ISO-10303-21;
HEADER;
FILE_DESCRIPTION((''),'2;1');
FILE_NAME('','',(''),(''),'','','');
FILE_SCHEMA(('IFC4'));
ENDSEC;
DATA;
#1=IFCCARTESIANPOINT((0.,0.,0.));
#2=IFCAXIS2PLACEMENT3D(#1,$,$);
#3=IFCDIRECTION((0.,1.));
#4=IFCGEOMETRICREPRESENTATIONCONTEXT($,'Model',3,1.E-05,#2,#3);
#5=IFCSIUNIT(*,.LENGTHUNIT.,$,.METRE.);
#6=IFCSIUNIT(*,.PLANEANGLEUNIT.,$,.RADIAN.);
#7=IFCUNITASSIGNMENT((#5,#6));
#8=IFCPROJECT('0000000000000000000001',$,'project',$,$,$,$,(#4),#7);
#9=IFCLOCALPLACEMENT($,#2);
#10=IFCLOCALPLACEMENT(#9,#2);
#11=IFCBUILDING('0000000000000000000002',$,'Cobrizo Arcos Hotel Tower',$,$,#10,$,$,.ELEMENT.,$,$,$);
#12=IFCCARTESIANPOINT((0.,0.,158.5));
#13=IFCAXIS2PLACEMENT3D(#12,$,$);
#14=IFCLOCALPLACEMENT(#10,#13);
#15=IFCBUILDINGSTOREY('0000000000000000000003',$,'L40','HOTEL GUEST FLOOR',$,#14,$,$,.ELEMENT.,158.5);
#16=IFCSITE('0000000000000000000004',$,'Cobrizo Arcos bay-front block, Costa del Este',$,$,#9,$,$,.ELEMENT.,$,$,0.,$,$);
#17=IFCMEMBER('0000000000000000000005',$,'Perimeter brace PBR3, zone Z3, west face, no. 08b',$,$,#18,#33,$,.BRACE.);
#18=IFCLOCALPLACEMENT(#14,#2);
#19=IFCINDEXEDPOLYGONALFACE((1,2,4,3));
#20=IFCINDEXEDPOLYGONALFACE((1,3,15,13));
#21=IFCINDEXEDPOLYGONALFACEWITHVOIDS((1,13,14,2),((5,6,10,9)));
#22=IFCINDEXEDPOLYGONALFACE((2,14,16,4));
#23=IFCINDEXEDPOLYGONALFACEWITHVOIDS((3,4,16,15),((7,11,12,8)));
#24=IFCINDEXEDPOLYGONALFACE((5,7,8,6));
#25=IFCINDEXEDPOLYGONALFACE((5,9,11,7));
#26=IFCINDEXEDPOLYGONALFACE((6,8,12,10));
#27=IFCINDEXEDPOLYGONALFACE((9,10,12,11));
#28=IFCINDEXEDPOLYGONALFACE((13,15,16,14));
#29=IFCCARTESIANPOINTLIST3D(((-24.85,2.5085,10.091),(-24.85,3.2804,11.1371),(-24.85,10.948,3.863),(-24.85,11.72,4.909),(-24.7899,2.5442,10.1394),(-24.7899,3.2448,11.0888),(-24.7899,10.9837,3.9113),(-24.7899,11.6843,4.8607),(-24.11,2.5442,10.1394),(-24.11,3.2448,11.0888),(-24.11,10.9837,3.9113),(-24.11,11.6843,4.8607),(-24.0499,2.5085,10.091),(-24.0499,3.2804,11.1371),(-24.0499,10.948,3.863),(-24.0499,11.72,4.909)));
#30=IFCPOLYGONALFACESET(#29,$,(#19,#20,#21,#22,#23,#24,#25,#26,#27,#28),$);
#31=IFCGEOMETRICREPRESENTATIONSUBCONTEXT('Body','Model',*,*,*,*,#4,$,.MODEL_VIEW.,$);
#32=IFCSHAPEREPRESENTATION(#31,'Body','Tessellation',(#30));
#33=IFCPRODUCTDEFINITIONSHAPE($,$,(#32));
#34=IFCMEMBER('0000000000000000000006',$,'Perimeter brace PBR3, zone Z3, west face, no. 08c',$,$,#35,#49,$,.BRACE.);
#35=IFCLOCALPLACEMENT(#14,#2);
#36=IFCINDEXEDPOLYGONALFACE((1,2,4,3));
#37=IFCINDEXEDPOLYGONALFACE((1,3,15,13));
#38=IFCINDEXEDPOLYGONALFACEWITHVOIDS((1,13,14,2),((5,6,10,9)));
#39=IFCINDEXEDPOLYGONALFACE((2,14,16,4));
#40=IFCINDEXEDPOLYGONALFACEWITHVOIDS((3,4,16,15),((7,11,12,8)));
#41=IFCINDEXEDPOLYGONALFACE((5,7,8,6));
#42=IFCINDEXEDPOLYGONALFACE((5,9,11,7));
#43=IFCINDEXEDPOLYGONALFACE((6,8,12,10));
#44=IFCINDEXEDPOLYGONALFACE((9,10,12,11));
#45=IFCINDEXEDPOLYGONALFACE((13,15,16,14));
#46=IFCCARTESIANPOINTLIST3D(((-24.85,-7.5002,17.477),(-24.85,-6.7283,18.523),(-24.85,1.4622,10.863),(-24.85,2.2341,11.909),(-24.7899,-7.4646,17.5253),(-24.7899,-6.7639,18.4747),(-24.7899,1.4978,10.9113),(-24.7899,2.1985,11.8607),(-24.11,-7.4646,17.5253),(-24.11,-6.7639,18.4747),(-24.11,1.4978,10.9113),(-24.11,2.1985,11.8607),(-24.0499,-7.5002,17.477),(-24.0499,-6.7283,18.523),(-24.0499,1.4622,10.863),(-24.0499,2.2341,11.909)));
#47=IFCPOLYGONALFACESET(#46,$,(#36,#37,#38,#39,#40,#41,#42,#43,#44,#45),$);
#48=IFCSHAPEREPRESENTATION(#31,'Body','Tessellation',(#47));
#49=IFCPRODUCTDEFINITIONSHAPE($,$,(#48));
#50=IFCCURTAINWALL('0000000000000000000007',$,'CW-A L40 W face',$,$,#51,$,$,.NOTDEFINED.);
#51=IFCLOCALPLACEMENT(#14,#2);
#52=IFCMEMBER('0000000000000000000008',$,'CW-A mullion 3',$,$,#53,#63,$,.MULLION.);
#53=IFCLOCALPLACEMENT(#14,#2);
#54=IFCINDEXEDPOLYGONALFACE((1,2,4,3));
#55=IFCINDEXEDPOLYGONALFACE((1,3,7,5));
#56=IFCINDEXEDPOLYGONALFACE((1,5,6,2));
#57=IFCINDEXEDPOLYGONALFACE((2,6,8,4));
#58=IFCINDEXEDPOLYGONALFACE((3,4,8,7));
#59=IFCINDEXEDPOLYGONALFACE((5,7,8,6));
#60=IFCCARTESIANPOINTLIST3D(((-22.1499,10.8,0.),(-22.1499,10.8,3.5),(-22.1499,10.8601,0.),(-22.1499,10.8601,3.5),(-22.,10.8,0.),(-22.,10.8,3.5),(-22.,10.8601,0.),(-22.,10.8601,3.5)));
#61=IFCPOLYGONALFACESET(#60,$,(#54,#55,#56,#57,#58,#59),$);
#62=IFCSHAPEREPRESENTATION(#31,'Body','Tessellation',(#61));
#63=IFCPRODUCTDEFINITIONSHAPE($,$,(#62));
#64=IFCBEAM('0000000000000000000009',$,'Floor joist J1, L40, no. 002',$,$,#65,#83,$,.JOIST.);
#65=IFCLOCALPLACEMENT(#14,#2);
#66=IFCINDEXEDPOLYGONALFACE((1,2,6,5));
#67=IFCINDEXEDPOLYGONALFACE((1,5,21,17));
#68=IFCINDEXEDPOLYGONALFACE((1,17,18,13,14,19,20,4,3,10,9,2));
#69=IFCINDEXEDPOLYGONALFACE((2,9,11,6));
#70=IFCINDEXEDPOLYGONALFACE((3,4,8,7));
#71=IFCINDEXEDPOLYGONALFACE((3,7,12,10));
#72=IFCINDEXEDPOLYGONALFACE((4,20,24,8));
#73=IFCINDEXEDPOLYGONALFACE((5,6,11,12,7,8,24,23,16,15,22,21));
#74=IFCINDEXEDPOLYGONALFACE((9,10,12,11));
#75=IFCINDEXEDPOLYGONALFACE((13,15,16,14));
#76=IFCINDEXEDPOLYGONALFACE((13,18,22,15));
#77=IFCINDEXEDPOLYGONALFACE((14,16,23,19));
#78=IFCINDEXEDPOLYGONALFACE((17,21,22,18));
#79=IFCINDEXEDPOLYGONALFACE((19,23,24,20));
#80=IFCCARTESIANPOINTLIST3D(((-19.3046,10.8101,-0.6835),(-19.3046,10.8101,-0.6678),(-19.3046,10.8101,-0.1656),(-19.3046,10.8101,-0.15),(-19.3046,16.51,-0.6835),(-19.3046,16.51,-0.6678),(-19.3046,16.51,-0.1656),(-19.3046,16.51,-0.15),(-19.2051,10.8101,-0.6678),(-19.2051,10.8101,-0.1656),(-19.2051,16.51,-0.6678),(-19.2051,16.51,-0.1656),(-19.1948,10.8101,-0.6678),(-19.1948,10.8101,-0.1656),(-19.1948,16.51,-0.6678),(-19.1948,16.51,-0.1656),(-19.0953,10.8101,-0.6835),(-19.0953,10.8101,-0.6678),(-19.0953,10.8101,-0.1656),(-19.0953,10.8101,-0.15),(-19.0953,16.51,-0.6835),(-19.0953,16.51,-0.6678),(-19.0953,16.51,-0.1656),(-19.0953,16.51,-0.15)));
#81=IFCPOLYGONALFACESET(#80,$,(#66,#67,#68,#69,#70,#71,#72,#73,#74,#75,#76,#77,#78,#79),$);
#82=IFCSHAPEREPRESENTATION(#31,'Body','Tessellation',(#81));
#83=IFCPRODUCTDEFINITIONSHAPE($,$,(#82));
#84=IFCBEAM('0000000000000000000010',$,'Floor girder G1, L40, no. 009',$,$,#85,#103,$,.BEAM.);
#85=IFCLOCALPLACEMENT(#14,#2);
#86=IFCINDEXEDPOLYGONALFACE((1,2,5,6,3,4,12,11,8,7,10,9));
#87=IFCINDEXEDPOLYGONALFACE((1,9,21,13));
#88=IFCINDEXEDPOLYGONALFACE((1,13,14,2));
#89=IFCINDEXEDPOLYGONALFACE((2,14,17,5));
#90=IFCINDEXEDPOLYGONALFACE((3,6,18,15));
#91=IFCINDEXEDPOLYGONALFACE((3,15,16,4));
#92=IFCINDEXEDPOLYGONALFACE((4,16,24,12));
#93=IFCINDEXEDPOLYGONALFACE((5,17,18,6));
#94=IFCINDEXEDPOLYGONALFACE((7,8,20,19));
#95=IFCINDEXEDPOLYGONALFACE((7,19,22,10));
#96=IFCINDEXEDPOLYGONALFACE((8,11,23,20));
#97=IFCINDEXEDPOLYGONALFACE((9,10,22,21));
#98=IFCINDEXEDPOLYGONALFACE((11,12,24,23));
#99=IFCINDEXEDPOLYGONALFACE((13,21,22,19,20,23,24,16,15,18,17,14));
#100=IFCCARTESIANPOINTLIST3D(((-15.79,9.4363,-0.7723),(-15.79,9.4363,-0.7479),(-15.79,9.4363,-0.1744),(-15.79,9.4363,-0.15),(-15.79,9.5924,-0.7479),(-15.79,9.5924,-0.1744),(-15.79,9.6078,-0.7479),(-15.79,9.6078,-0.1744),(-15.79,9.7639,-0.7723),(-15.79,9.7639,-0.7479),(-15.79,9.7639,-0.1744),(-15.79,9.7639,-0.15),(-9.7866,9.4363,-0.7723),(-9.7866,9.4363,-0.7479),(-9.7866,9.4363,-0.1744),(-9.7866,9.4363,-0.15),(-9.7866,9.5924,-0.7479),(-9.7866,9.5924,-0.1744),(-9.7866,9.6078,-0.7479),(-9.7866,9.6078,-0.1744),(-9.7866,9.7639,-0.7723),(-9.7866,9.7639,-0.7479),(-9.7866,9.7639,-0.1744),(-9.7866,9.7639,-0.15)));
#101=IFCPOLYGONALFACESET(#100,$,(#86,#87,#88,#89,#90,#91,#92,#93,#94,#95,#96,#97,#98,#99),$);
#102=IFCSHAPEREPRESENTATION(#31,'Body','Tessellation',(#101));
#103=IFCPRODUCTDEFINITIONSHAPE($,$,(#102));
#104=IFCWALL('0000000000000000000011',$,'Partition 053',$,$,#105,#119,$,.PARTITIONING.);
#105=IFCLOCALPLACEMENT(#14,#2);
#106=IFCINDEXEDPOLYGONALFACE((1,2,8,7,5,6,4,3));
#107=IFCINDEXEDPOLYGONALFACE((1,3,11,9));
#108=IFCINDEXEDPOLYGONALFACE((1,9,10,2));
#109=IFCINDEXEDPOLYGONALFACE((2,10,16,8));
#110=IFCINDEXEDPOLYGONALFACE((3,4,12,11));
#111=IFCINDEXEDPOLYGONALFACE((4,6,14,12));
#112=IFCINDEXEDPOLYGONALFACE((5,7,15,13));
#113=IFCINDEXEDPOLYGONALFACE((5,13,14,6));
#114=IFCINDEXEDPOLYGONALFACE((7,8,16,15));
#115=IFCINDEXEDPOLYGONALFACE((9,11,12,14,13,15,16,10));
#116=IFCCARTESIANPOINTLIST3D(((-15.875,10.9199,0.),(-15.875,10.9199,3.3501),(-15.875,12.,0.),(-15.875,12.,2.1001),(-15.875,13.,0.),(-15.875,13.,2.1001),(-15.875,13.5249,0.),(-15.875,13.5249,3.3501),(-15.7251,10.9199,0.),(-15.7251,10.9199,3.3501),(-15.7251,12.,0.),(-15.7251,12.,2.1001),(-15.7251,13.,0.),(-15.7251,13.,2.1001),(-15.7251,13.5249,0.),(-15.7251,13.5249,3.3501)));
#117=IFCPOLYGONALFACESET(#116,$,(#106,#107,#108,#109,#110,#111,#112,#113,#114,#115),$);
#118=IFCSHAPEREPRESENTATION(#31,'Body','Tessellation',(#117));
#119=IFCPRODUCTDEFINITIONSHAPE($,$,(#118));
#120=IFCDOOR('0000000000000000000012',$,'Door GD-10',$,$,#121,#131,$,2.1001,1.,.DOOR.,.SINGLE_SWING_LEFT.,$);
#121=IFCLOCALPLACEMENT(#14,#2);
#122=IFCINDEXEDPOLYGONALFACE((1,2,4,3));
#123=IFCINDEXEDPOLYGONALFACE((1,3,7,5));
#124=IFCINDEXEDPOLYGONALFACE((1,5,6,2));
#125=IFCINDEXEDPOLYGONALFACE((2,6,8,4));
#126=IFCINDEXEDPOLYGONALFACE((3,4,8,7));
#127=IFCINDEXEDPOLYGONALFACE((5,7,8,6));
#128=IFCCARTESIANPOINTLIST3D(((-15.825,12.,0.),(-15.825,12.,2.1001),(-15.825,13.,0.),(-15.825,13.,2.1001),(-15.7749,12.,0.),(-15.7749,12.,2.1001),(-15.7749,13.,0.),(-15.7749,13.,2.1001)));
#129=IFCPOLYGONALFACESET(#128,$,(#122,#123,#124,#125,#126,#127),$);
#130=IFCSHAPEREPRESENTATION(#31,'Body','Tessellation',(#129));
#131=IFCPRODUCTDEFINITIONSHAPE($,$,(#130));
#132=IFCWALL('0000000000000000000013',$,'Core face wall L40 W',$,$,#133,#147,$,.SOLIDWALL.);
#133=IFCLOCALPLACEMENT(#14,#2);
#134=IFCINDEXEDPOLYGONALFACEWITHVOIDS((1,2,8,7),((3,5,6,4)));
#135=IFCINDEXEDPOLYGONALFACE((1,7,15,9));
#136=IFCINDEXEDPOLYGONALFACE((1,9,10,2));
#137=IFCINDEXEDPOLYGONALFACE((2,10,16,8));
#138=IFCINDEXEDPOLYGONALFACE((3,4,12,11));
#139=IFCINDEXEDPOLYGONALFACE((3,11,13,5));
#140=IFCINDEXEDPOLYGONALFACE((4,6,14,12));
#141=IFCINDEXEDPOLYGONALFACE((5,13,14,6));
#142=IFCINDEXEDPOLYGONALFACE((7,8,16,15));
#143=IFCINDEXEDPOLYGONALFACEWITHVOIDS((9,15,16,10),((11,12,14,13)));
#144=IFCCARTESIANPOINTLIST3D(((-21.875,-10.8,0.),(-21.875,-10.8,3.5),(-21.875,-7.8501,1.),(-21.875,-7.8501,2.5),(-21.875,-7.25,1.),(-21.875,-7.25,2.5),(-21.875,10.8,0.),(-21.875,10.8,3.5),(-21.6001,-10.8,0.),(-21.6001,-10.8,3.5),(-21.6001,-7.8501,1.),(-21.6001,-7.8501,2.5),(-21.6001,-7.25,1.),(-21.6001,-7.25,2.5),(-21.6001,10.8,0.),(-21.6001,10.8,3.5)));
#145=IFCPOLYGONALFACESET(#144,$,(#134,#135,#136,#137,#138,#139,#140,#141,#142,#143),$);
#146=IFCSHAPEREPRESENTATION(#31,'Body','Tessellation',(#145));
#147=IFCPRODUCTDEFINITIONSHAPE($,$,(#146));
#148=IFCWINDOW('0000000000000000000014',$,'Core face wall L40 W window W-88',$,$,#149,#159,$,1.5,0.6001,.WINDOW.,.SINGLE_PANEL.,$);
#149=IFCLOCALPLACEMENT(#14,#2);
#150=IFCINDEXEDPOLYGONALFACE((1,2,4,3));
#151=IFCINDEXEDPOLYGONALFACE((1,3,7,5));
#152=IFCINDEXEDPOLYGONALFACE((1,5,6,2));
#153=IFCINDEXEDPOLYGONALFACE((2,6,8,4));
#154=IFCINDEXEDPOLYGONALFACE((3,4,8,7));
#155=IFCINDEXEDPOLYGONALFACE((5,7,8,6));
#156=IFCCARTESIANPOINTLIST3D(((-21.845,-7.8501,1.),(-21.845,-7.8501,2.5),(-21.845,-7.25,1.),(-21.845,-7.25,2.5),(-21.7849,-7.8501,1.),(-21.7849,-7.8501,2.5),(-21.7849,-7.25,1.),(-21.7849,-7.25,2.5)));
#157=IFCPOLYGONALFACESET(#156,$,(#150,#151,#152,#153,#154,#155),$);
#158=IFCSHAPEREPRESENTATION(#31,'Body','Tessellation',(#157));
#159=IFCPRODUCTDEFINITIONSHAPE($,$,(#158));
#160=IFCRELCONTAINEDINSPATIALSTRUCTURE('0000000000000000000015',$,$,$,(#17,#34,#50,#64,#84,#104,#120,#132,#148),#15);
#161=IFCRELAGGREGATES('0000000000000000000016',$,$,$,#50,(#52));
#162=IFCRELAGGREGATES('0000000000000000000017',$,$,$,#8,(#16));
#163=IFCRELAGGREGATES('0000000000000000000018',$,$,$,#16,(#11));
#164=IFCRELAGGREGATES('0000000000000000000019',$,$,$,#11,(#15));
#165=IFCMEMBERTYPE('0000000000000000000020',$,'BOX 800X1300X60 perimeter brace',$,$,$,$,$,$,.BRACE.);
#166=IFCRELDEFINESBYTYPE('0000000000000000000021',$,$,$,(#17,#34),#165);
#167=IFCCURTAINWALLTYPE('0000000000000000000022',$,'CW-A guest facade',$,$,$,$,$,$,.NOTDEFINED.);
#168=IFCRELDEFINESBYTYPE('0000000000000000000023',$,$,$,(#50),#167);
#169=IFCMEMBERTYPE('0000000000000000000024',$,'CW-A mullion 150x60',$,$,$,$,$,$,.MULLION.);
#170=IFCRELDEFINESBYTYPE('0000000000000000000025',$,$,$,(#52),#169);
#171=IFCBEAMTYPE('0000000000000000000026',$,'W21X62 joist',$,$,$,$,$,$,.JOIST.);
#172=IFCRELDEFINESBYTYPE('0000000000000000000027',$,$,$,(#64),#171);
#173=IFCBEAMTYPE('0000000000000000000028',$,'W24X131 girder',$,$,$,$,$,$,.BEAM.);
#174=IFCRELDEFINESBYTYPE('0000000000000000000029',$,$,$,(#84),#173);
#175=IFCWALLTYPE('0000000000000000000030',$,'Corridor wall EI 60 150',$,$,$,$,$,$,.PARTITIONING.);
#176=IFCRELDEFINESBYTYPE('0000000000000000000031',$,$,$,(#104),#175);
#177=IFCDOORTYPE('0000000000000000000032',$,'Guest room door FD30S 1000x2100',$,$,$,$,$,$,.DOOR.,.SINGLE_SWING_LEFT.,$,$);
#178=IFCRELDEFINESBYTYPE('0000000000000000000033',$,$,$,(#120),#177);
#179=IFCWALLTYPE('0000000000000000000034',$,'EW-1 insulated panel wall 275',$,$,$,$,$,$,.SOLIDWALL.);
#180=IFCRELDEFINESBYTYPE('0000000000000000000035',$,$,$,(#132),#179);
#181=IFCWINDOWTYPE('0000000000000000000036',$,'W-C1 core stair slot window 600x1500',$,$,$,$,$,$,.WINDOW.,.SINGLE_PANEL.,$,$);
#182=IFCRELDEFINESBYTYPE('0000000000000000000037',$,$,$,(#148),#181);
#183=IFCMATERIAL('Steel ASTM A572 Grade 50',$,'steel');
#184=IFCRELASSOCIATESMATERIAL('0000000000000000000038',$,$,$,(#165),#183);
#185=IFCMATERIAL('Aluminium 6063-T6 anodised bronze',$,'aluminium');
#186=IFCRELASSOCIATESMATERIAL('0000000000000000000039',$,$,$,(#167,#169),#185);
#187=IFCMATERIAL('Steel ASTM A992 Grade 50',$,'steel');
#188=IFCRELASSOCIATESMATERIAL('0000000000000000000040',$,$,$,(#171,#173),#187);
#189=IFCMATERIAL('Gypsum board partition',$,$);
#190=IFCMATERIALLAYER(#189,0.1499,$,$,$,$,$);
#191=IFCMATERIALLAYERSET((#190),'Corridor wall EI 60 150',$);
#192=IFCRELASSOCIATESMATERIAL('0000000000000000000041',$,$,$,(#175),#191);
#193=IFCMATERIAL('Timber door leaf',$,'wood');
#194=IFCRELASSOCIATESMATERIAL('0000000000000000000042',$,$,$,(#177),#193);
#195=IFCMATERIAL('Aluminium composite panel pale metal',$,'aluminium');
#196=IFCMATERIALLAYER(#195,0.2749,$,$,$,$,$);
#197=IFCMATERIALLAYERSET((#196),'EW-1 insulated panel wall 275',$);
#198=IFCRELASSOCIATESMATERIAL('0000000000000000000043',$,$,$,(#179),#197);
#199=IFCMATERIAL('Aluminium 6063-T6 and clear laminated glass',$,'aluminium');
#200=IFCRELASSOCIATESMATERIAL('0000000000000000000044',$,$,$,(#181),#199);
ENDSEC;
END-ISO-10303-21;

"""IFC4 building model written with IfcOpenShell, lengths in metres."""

from ifc_helpers import new_model, si_unit, direction, frame, frame_2d, origin, origin_2d, place, context, subcontext, project, spatial, rectangle, hollow_rectangle, i_section, extrude, material, layer, layer_set, material_profile, profile_set, type_object, element, fill, aggregate, save


model = new_model("IFC4")

# Units and contexts
model_context = context("Model", 3, precision=1e-05, world=origin(), true_north=direction((0.0, 1.0)))
body_context = subcontext(model_context, "Body", "Model", "MODEL_VIEW")
ifc_project = project(units=[si_unit("LENGTHUNIT", "METRE"), si_unit("PLANEANGLEUNIT", "RADIAN")], contexts=[model_context])

# Site, building, storey
site_placement = place(None, origin())
site = spatial("IfcSite", under=ifc_project, at=site_placement, Name="Cobrizo Arcos bay-front block, Costa del Este", CompositionType="ELEMENT", RefElevation=0.0)
building_placement = place(site_placement, origin())
building = spatial("IfcBuilding", under=site, at=building_placement, Name="Cobrizo Arcos Hotel Tower", CompositionType="ELEMENT")
storey_placement = place(building_placement, frame((0.0, 0.0, 158.5)))
storey = spatial("IfcBuildingStorey", under=building, at=storey_placement, Name="L40", Description="HOTEL GUEST FLOOR", CompositionType="ELEMENT", Elevation=158.5)

# Members
ifc_material_1 = material(Name="Steel ASTM A572 Grade 50", Category="steel")
ifc_material_profile_1 = material_profile(ifc_material_1, hollow_rectangle(XDim=0.8, YDim=1.3, WallThickness=0.0601, at=origin_2d()), Name="BOX 800X1300X60")
ifc_profile_set_1 = profile_set([ifc_material_profile_1], Name="Steel ASTM A572 Grade 50")
member_type_1 = type_object("IfcMemberType", Name="BOX 800X1300X60 perimeter brace", PredefinedType="BRACE", material=ifc_profile_set_1)
member_1_placement = place(storey_placement, frame((-24.45, 11.334, 4.386), z_axis=(0.0, -0.804624, 0.593785), x_axis=(1.0, 0.0, 0.0)))
element("IfcMember", 1, at=member_1_placement, inside=storey, type_object=member_type_1, Name="Perimeter brace PBR3, zone Z3, west face, no. 08b", PredefinedType="BRACE", context=body_context, shape_type="SweptSolid", body=[
    extrude(hollow_rectangle(XDim=0.8, YDim=1.3, WallThickness=0.0601, at=origin_2d()), origin(), (0.0, 0.0, 1.0), 10.4888),
])
member_2_placement = place(storey_placement, frame((-24.45, 1.8481, 11.386), z_axis=(0.0, -0.804621, 0.593789), x_axis=(1.0, 0.0, 0.0)))
element("IfcMember", 2, at=member_2_placement, inside=storey, type_object=member_type_1, Name="Perimeter brace PBR3, zone Z3, west face, no. 08c", PredefinedType="BRACE", context=body_context, shape_type="SweptSolid", body=[
    extrude(hollow_rectangle(XDim=0.8, YDim=1.3, WallThickness=0.0601, at=origin_2d()), origin(), (0.0, 0.0, 1.0), 11.1387),
])

# Curtain wall, member
ifc_material_2 = material(Name="Aluminium 6063-T6 anodised bronze", Category="aluminium")
curtain_wall_type = type_object("IfcCurtainWallType", Name="CW-A guest facade", PredefinedType="NOTDEFINED", material=ifc_material_2)
curtain_wall_placement = place(storey_placement, origin())
curtain_wall = element("IfcCurtainWall", 3, at=curtain_wall_placement, inside=storey, type_object=curtain_wall_type, Name="CW-A L40 W face", PredefinedType="NOTDEFINED")
ifc_material_profile_2 = material_profile(ifc_material_2, rectangle(XDim=0.1499, YDim=0.0601, at=origin_2d()), Name="CW-A mullion 150x60")
ifc_profile_set_2 = profile_set([ifc_material_profile_2], Name="Aluminium 6063-T6 anodised bronze")
member_type_2 = type_object("IfcMemberType", Name="CW-A mullion 150x60", PredefinedType="MULLION", material=ifc_profile_set_2)
member_3_placement = place(storey_placement, frame((-22.075, 10.8301, 0.0), z_axis=(0.0, 0.0, 1.0), x_axis=(-1.0, 0.0, 0.0)))
member_3 = element("IfcMember", 4, at=member_3_placement, type_object=member_type_2, Name="CW-A mullion 3", PredefinedType="MULLION", context=body_context, shape_type="SweptSolid", body=[
    extrude(rectangle(XDim=0.1499, YDim=0.0601, at=origin_2d()), origin(), (0.0, 0.0, 1.0), 3.5),
])
aggregate(curtain_wall, [member_3])

# Beams
ifc_material_3 = material(Name="Steel ASTM A992 Grade 50", Category="steel")
ifc_material_profile_3 = material_profile(ifc_material_3, i_section(OverallWidth=0.2092, OverallDepth=0.5334, WebThickness=0.0103, FlangeThickness=0.0156, at=origin_2d()), Name="W21X62")
ifc_profile_set_3 = profile_set([ifc_material_profile_3], Name="Steel ASTM A992 Grade 50")
beam_type_1 = type_object("IfcBeamType", Name="W21X62 joist", PredefinedType="JOIST", material=ifc_profile_set_3)
beam_1_placement = place(storey_placement, frame((-19.2, 10.8101, -0.4167), z_axis=(0.0, 1.0, 0.0), x_axis=(-1.0, 0.0, 0.0)))
element("IfcBeam", 5, at=beam_1_placement, inside=storey, type_object=beam_type_1, Name="Floor joist J1, L40, no. 002", PredefinedType="JOIST", context=body_context, shape_type="SweptSolid", body=[
    extrude(i_section(OverallWidth=0.2092, OverallDepth=0.5334, WebThickness=0.0103, FlangeThickness=0.0156, at=origin_2d()), origin(), (0.0, 0.0, 1.0), 5.7),
])
ifc_material_profile_4 = material_profile(ifc_material_3, i_section(OverallWidth=0.3276, OverallDepth=0.6223, WebThickness=0.0154, FlangeThickness=0.0244, at=origin_2d()), Name="W24X131")
ifc_profile_set_4 = profile_set([ifc_material_profile_4], Name="Steel ASTM A992 Grade 50")
beam_type_2 = type_object("IfcBeamType", Name="W24X131 girder", PredefinedType="BEAM", material=ifc_profile_set_4)
beam_2_placement = place(storey_placement, frame((-15.79, 9.6001, -0.4612), z_axis=(1.0, 0.0, 0.0), x_axis=(0.0, 1.0, 0.0)))
element("IfcBeam", 6, at=beam_2_placement, inside=storey, type_object=beam_type_2, Name="Floor girder G1, L40, no. 009", PredefinedType="BEAM", context=body_context, shape_type="SweptSolid", body=[
    extrude(i_section(OverallWidth=0.3276, OverallDepth=0.6223, WebThickness=0.0154, FlangeThickness=0.0244, at=origin_2d()), origin(), (0.0, 0.0, 1.0), 6.0034),
])

# Wall, opening, door
ifc_material_4 = material(Name="Gypsum board partition")
ifc_layer_1 = layer(ifc_material_4, 0.1499)
ifc_layer_set_1 = layer_set([ifc_layer_1], Name="Corridor wall EI 60 150")
wall_type_1 = type_object("IfcWallType", Name="Corridor wall EI 60 150", PredefinedType="PARTITIONING", material=ifc_layer_set_1)
wall_1_placement = place(storey_placement, frame((-15.8, 10.9199, 0.0), z_axis=(0.0, 0.0, 1.0), x_axis=(0.0, 1.0, 0.0)))
wall_1 = element("IfcWall", 7, at=wall_1_placement, inside=storey, type_object=wall_type_1, Name="Partition 053", PredefinedType="PARTITIONING", context=body_context, shape_type="SweptSolid", body=[
    extrude(rectangle(XDim=2.605, YDim=0.1499, at=frame_2d((1.3025, 0.0))), origin(), (0.0, 0.0, 1.0), 3.3501),
])
opening_1_placement = place(wall_1_placement, frame((1.0801, 0.0, 0.0)))
opening_1 = element("IfcOpeningElement", 8, at=opening_1_placement, cuts=wall_1, PredefinedType="OPENING", context=body_context, shape_type="SweptSolid", body=[
    extrude(rectangle(XDim=1.0, YDim=2.1001, at=frame_2d((0.5, 1.05))), frame((0.0, 0.0869, 0.0), z_axis=(0.0, -1.0, 0.0), x_axis=(1.0, 0.0, 0.0)), (0.0, 0.0, 1.0), 0.1738),
])
ifc_material_5 = material(Name="Timber door leaf", Category="wood")
door_type_1 = type_object("IfcDoorType", Name="Guest room door FD30S 1000x2100", OperationType="SINGLE_SWING_LEFT", PredefinedType="DOOR", material=ifc_material_5)
door_1_placement = place(opening_1_placement, origin())
door_1 = element("IfcDoor", 9, at=door_1_placement, inside=storey, type_object=door_type_1, Name="Door GD-10", OperationType="SINGLE_SWING_LEFT", OverallHeight=2.1001, OverallWidth=1.0, PredefinedType="DOOR", context=body_context, shape_type="SweptSolid", body=[
    extrude(rectangle(XDim=1.0, YDim=2.1001, at=frame_2d((0.5, 1.05))), frame((0.0, 0.0249, 0.0), z_axis=(0.0, -1.0, 0.0), x_axis=(1.0, 0.0, 0.0)), (0.0, 0.0, 1.0), 0.05),
])
fill(opening_1, door_1)

# Wall, opening, window
ifc_material_6 = material(Name="Aluminium composite panel pale metal", Category="aluminium")
ifc_layer_2 = layer(ifc_material_6, 0.2749)
ifc_layer_set_2 = layer_set([ifc_layer_2], Name="EW-1 insulated panel wall 275")
wall_type_2 = type_object("IfcWallType", Name="EW-1 insulated panel wall 275", PredefinedType="SOLIDWALL", material=ifc_layer_set_2)
wall_2_placement = place(storey_placement, frame((-21.7375, 10.8, 0.0), z_axis=(0.0, 0.0, 1.0), x_axis=(0.0, -1.0, 0.0)))
wall_2 = element("IfcWall", 10, at=wall_2_placement, inside=storey, type_object=wall_type_2, Name="Core face wall L40 W", PredefinedType="SOLIDWALL", context=body_context, shape_type="SweptSolid", body=[
    extrude(rectangle(XDim=21.6001, YDim=0.2749, at=frame_2d((10.8, 0.0))), origin(), (0.0, 0.0, 1.0), 3.5),
])
opening_2_placement = place(wall_2_placement, frame((18.05, 0.0, 1.0)))
opening_2 = element("IfcOpeningElement", 11, at=opening_2_placement, cuts=wall_2, PredefinedType="OPENING", context=body_context, shape_type="SweptSolid", body=[
    extrude(rectangle(XDim=0.6001, YDim=1.5, at=frame_2d((0.3, 0.75))), frame((0.0, 0.1494, 0.0), z_axis=(0.0, -1.0, 0.0), x_axis=(1.0, 0.0, 0.0)), (0.0, 0.0, 1.0), 0.2988),
])
ifc_material_7 = material(Name="Aluminium 6063-T6 and clear laminated glass", Category="aluminium")
window_type = type_object("IfcWindowType", Name="W-C1 core stair slot window 600x1500", PartitioningType="SINGLE_PANEL", PredefinedType="WINDOW", material=ifc_material_7)
window_placement = place(opening_2_placement, origin())
window = element("IfcWindow", 12, at=window_placement, inside=storey, type_object=window_type, Name="Core face wall L40 W window W-88", OverallHeight=1.5, OverallWidth=0.6001, PartitioningType="SINGLE_PANEL", PredefinedType="WINDOW", context=body_context, shape_type="SweptSolid", body=[
    extrude(rectangle(XDim=0.6001, YDim=1.5, at=frame_2d((0.3, 0.75))), frame((0.0, -0.0474, 0.0), z_axis=(0.0, -1.0, 0.0), x_axis=(1.0, 0.0, 0.0)), (0.0, 0.0, 1.0), 0.0601),
])
fill(opening_2, window)

save(model, "model.ifc")
